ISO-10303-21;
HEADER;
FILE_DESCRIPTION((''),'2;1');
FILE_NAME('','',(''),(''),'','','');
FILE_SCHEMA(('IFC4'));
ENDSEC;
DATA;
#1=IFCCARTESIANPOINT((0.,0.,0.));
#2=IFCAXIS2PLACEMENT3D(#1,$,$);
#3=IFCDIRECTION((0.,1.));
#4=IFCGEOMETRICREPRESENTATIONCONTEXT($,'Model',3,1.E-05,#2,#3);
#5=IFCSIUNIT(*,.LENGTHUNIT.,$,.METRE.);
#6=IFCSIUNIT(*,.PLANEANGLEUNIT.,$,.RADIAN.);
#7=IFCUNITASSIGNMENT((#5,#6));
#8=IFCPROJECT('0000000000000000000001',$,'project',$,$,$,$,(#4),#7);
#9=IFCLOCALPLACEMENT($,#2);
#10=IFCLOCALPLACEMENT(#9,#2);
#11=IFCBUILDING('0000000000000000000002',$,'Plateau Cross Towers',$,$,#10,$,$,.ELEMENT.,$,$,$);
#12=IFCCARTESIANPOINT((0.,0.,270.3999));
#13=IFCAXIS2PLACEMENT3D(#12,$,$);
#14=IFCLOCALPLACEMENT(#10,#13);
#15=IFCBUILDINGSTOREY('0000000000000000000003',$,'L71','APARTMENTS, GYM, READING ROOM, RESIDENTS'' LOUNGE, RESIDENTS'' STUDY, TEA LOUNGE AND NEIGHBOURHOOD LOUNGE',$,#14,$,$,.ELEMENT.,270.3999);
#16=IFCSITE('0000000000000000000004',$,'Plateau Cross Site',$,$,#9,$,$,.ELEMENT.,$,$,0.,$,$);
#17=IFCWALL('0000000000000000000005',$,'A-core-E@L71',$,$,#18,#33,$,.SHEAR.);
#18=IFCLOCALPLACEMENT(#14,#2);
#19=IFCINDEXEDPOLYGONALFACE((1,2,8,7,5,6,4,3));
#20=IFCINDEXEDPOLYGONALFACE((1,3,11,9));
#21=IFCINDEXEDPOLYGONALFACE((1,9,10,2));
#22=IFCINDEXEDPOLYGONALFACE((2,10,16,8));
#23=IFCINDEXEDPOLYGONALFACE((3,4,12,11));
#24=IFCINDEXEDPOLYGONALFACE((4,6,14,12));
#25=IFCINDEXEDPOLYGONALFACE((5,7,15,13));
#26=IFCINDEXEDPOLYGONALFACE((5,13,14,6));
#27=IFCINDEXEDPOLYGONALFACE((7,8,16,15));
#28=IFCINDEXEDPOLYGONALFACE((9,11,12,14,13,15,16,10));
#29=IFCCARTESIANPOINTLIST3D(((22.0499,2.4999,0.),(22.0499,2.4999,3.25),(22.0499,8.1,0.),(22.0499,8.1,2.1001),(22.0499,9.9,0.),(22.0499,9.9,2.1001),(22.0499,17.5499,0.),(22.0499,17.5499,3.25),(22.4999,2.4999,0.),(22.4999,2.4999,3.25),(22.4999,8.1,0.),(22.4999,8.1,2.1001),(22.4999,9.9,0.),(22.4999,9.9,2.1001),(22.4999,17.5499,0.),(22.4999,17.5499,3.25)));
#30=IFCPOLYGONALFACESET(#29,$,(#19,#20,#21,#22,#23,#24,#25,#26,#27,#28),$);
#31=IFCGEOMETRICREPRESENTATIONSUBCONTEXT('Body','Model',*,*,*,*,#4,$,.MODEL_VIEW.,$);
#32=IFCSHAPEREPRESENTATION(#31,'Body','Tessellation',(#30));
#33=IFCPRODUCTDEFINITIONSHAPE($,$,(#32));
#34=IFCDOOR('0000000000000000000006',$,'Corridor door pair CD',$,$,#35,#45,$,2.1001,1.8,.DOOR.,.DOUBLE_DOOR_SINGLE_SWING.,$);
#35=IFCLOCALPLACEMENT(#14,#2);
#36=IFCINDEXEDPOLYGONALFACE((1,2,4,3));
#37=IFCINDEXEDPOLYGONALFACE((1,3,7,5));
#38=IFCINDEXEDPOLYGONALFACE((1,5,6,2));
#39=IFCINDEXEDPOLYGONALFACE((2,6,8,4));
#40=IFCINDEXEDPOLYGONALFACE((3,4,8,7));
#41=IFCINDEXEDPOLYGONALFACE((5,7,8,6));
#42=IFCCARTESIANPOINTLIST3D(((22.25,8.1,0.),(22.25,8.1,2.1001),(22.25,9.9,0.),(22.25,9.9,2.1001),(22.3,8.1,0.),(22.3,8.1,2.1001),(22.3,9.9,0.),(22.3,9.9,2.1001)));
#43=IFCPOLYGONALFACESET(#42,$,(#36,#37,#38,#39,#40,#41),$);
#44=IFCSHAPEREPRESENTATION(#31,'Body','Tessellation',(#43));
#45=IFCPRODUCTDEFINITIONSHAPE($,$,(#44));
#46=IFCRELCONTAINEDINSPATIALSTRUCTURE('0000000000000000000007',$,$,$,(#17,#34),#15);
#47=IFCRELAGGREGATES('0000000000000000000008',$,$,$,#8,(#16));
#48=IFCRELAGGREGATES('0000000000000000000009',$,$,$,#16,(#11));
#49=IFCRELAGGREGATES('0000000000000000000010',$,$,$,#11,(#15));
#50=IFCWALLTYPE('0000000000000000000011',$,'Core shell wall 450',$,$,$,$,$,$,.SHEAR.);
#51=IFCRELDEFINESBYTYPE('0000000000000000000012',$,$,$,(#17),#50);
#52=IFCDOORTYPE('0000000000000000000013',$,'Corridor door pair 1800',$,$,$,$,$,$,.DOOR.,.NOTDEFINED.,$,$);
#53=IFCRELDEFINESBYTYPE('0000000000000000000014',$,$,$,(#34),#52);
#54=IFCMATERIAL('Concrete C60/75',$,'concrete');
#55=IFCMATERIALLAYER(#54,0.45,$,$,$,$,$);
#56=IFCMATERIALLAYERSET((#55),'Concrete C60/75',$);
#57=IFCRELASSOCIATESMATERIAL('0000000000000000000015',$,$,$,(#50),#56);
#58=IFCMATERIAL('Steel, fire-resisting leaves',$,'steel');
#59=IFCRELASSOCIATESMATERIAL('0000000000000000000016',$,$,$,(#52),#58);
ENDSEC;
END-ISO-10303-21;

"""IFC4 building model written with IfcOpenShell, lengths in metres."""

from ifc_helpers import new_model, si_unit, direction, frame, frame_2d, origin, place, context, subcontext, project, spatial, rectangle, extrude, material, layer, layer_set, type_object, element, fill, save


model = new_model("IFC4")

# Units and contexts
model_context = context("Model", 3, precision=1e-05, world=origin(), true_north=direction((0.0, 1.0)))
body_context = subcontext(model_context, "Body", "Model", "MODEL_VIEW")
ifc_project = project(units=[si_unit("LENGTHUNIT", "METRE"), si_unit("PLANEANGLEUNIT", "RADIAN")], contexts=[model_context])

# Site, building, storey
site_placement = place(None, origin())
site = spatial("IfcSite", under=ifc_project, at=site_placement, Name="Plateau Cross Site", CompositionType="ELEMENT", RefElevation=0.0)
building_placement = place(site_placement, origin())
building = spatial("IfcBuilding", under=site, at=building_placement, Name="Plateau Cross Towers", CompositionType="ELEMENT")
storey_placement = place(building_placement, frame((0.0, 0.0, 270.3999)))
storey = spatial("IfcBuildingStorey", under=building, at=storey_placement, Name="L71", Description="APARTMENTS, GYM, READING ROOM, RESIDENTS' LOUNGE, RESIDENTS' STUDY, TEA LOUNGE AND NEIGHBOURHOOD LOUNGE", CompositionType="ELEMENT", Elevation=270.3999)

# Shared definitions
ifc_material_1 = material(Name="Concrete C60/75", Category="concrete")

# Wall, opening, door
ifc_layer_1 = layer(ifc_material_1, 0.45)
ifc_layer_set_1 = layer_set([ifc_layer_1], Name="Concrete C60/75")
wall_type_1 = type_object("IfcWallType", Name="Core shell wall 450", PredefinedType="SHEAR", material=ifc_layer_set_1)
wall_1_placement = place(storey_placement, frame((22.2749, 2.5, 0.0), z_axis=(0.0, 0.0, 1.0), x_axis=(0.0, 1.0, 0.0)))
wall_1 = element("IfcWall", 1, at=wall_1_placement, inside=storey, type_object=wall_type_1, Name="A-core-E@L71", PredefinedType="SHEAR", context=body_context, shape_type="SweptSolid", body=[
    extrude(rectangle(XDim=15.05, YDim=0.45, at=frame_2d((7.5249, 0.0))), origin(), (0.0, 0.0, 1.0), 3.25),
])
opening_placement = place(wall_1_placement, frame((5.6001, 0.0, 0.0)))
opening = element("IfcOpeningElement", 2, at=opening_placement, cuts=wall_1, PredefinedType="OPENING", context=body_context, shape_type="SweptSolid", body=[
    extrude(rectangle(XDim=1.8, YDim=2.1001, at=frame_2d((0.8999, 1.05))), frame((0.0, 0.2349, 0.0), z_axis=(0.0, -1.0, 0.0), x_axis=(1.0, 0.0, 0.0)), (0.0, 0.0, 1.0), 0.47),
])
ifc_material_2 = material(Name="Steel, fire-resisting leaves", Category="steel")
door_type = type_object("IfcDoorType", Name="Corridor door pair 1800", OperationType="NOTDEFINED", PredefinedType="DOOR", material=ifc_material_2)
door_placement = place(opening_placement, origin())
door = element("IfcDoor", 3, at=door_placement, inside=storey, type_object=door_type, Name="Corridor door pair CD", OperationType="DOUBLE_DOOR_SINGLE_SWING", OverallHeight=2.1001, OverallWidth=1.8, PredefinedType="DOOR", context=body_context, shape_type="SweptSolid", body=[
    extrude(rectangle(XDim=1.8, YDim=2.1001, at=frame_2d((0.8999, 1.05))), frame((0.0, 0.0249, 0.0), z_axis=(0.0, -1.0, 0.0), x_axis=(1.0, 0.0, 0.0)), (0.0, 0.0, 1.0), 0.05),
])
fill(opening, door)

save(model, "model.ifc")
